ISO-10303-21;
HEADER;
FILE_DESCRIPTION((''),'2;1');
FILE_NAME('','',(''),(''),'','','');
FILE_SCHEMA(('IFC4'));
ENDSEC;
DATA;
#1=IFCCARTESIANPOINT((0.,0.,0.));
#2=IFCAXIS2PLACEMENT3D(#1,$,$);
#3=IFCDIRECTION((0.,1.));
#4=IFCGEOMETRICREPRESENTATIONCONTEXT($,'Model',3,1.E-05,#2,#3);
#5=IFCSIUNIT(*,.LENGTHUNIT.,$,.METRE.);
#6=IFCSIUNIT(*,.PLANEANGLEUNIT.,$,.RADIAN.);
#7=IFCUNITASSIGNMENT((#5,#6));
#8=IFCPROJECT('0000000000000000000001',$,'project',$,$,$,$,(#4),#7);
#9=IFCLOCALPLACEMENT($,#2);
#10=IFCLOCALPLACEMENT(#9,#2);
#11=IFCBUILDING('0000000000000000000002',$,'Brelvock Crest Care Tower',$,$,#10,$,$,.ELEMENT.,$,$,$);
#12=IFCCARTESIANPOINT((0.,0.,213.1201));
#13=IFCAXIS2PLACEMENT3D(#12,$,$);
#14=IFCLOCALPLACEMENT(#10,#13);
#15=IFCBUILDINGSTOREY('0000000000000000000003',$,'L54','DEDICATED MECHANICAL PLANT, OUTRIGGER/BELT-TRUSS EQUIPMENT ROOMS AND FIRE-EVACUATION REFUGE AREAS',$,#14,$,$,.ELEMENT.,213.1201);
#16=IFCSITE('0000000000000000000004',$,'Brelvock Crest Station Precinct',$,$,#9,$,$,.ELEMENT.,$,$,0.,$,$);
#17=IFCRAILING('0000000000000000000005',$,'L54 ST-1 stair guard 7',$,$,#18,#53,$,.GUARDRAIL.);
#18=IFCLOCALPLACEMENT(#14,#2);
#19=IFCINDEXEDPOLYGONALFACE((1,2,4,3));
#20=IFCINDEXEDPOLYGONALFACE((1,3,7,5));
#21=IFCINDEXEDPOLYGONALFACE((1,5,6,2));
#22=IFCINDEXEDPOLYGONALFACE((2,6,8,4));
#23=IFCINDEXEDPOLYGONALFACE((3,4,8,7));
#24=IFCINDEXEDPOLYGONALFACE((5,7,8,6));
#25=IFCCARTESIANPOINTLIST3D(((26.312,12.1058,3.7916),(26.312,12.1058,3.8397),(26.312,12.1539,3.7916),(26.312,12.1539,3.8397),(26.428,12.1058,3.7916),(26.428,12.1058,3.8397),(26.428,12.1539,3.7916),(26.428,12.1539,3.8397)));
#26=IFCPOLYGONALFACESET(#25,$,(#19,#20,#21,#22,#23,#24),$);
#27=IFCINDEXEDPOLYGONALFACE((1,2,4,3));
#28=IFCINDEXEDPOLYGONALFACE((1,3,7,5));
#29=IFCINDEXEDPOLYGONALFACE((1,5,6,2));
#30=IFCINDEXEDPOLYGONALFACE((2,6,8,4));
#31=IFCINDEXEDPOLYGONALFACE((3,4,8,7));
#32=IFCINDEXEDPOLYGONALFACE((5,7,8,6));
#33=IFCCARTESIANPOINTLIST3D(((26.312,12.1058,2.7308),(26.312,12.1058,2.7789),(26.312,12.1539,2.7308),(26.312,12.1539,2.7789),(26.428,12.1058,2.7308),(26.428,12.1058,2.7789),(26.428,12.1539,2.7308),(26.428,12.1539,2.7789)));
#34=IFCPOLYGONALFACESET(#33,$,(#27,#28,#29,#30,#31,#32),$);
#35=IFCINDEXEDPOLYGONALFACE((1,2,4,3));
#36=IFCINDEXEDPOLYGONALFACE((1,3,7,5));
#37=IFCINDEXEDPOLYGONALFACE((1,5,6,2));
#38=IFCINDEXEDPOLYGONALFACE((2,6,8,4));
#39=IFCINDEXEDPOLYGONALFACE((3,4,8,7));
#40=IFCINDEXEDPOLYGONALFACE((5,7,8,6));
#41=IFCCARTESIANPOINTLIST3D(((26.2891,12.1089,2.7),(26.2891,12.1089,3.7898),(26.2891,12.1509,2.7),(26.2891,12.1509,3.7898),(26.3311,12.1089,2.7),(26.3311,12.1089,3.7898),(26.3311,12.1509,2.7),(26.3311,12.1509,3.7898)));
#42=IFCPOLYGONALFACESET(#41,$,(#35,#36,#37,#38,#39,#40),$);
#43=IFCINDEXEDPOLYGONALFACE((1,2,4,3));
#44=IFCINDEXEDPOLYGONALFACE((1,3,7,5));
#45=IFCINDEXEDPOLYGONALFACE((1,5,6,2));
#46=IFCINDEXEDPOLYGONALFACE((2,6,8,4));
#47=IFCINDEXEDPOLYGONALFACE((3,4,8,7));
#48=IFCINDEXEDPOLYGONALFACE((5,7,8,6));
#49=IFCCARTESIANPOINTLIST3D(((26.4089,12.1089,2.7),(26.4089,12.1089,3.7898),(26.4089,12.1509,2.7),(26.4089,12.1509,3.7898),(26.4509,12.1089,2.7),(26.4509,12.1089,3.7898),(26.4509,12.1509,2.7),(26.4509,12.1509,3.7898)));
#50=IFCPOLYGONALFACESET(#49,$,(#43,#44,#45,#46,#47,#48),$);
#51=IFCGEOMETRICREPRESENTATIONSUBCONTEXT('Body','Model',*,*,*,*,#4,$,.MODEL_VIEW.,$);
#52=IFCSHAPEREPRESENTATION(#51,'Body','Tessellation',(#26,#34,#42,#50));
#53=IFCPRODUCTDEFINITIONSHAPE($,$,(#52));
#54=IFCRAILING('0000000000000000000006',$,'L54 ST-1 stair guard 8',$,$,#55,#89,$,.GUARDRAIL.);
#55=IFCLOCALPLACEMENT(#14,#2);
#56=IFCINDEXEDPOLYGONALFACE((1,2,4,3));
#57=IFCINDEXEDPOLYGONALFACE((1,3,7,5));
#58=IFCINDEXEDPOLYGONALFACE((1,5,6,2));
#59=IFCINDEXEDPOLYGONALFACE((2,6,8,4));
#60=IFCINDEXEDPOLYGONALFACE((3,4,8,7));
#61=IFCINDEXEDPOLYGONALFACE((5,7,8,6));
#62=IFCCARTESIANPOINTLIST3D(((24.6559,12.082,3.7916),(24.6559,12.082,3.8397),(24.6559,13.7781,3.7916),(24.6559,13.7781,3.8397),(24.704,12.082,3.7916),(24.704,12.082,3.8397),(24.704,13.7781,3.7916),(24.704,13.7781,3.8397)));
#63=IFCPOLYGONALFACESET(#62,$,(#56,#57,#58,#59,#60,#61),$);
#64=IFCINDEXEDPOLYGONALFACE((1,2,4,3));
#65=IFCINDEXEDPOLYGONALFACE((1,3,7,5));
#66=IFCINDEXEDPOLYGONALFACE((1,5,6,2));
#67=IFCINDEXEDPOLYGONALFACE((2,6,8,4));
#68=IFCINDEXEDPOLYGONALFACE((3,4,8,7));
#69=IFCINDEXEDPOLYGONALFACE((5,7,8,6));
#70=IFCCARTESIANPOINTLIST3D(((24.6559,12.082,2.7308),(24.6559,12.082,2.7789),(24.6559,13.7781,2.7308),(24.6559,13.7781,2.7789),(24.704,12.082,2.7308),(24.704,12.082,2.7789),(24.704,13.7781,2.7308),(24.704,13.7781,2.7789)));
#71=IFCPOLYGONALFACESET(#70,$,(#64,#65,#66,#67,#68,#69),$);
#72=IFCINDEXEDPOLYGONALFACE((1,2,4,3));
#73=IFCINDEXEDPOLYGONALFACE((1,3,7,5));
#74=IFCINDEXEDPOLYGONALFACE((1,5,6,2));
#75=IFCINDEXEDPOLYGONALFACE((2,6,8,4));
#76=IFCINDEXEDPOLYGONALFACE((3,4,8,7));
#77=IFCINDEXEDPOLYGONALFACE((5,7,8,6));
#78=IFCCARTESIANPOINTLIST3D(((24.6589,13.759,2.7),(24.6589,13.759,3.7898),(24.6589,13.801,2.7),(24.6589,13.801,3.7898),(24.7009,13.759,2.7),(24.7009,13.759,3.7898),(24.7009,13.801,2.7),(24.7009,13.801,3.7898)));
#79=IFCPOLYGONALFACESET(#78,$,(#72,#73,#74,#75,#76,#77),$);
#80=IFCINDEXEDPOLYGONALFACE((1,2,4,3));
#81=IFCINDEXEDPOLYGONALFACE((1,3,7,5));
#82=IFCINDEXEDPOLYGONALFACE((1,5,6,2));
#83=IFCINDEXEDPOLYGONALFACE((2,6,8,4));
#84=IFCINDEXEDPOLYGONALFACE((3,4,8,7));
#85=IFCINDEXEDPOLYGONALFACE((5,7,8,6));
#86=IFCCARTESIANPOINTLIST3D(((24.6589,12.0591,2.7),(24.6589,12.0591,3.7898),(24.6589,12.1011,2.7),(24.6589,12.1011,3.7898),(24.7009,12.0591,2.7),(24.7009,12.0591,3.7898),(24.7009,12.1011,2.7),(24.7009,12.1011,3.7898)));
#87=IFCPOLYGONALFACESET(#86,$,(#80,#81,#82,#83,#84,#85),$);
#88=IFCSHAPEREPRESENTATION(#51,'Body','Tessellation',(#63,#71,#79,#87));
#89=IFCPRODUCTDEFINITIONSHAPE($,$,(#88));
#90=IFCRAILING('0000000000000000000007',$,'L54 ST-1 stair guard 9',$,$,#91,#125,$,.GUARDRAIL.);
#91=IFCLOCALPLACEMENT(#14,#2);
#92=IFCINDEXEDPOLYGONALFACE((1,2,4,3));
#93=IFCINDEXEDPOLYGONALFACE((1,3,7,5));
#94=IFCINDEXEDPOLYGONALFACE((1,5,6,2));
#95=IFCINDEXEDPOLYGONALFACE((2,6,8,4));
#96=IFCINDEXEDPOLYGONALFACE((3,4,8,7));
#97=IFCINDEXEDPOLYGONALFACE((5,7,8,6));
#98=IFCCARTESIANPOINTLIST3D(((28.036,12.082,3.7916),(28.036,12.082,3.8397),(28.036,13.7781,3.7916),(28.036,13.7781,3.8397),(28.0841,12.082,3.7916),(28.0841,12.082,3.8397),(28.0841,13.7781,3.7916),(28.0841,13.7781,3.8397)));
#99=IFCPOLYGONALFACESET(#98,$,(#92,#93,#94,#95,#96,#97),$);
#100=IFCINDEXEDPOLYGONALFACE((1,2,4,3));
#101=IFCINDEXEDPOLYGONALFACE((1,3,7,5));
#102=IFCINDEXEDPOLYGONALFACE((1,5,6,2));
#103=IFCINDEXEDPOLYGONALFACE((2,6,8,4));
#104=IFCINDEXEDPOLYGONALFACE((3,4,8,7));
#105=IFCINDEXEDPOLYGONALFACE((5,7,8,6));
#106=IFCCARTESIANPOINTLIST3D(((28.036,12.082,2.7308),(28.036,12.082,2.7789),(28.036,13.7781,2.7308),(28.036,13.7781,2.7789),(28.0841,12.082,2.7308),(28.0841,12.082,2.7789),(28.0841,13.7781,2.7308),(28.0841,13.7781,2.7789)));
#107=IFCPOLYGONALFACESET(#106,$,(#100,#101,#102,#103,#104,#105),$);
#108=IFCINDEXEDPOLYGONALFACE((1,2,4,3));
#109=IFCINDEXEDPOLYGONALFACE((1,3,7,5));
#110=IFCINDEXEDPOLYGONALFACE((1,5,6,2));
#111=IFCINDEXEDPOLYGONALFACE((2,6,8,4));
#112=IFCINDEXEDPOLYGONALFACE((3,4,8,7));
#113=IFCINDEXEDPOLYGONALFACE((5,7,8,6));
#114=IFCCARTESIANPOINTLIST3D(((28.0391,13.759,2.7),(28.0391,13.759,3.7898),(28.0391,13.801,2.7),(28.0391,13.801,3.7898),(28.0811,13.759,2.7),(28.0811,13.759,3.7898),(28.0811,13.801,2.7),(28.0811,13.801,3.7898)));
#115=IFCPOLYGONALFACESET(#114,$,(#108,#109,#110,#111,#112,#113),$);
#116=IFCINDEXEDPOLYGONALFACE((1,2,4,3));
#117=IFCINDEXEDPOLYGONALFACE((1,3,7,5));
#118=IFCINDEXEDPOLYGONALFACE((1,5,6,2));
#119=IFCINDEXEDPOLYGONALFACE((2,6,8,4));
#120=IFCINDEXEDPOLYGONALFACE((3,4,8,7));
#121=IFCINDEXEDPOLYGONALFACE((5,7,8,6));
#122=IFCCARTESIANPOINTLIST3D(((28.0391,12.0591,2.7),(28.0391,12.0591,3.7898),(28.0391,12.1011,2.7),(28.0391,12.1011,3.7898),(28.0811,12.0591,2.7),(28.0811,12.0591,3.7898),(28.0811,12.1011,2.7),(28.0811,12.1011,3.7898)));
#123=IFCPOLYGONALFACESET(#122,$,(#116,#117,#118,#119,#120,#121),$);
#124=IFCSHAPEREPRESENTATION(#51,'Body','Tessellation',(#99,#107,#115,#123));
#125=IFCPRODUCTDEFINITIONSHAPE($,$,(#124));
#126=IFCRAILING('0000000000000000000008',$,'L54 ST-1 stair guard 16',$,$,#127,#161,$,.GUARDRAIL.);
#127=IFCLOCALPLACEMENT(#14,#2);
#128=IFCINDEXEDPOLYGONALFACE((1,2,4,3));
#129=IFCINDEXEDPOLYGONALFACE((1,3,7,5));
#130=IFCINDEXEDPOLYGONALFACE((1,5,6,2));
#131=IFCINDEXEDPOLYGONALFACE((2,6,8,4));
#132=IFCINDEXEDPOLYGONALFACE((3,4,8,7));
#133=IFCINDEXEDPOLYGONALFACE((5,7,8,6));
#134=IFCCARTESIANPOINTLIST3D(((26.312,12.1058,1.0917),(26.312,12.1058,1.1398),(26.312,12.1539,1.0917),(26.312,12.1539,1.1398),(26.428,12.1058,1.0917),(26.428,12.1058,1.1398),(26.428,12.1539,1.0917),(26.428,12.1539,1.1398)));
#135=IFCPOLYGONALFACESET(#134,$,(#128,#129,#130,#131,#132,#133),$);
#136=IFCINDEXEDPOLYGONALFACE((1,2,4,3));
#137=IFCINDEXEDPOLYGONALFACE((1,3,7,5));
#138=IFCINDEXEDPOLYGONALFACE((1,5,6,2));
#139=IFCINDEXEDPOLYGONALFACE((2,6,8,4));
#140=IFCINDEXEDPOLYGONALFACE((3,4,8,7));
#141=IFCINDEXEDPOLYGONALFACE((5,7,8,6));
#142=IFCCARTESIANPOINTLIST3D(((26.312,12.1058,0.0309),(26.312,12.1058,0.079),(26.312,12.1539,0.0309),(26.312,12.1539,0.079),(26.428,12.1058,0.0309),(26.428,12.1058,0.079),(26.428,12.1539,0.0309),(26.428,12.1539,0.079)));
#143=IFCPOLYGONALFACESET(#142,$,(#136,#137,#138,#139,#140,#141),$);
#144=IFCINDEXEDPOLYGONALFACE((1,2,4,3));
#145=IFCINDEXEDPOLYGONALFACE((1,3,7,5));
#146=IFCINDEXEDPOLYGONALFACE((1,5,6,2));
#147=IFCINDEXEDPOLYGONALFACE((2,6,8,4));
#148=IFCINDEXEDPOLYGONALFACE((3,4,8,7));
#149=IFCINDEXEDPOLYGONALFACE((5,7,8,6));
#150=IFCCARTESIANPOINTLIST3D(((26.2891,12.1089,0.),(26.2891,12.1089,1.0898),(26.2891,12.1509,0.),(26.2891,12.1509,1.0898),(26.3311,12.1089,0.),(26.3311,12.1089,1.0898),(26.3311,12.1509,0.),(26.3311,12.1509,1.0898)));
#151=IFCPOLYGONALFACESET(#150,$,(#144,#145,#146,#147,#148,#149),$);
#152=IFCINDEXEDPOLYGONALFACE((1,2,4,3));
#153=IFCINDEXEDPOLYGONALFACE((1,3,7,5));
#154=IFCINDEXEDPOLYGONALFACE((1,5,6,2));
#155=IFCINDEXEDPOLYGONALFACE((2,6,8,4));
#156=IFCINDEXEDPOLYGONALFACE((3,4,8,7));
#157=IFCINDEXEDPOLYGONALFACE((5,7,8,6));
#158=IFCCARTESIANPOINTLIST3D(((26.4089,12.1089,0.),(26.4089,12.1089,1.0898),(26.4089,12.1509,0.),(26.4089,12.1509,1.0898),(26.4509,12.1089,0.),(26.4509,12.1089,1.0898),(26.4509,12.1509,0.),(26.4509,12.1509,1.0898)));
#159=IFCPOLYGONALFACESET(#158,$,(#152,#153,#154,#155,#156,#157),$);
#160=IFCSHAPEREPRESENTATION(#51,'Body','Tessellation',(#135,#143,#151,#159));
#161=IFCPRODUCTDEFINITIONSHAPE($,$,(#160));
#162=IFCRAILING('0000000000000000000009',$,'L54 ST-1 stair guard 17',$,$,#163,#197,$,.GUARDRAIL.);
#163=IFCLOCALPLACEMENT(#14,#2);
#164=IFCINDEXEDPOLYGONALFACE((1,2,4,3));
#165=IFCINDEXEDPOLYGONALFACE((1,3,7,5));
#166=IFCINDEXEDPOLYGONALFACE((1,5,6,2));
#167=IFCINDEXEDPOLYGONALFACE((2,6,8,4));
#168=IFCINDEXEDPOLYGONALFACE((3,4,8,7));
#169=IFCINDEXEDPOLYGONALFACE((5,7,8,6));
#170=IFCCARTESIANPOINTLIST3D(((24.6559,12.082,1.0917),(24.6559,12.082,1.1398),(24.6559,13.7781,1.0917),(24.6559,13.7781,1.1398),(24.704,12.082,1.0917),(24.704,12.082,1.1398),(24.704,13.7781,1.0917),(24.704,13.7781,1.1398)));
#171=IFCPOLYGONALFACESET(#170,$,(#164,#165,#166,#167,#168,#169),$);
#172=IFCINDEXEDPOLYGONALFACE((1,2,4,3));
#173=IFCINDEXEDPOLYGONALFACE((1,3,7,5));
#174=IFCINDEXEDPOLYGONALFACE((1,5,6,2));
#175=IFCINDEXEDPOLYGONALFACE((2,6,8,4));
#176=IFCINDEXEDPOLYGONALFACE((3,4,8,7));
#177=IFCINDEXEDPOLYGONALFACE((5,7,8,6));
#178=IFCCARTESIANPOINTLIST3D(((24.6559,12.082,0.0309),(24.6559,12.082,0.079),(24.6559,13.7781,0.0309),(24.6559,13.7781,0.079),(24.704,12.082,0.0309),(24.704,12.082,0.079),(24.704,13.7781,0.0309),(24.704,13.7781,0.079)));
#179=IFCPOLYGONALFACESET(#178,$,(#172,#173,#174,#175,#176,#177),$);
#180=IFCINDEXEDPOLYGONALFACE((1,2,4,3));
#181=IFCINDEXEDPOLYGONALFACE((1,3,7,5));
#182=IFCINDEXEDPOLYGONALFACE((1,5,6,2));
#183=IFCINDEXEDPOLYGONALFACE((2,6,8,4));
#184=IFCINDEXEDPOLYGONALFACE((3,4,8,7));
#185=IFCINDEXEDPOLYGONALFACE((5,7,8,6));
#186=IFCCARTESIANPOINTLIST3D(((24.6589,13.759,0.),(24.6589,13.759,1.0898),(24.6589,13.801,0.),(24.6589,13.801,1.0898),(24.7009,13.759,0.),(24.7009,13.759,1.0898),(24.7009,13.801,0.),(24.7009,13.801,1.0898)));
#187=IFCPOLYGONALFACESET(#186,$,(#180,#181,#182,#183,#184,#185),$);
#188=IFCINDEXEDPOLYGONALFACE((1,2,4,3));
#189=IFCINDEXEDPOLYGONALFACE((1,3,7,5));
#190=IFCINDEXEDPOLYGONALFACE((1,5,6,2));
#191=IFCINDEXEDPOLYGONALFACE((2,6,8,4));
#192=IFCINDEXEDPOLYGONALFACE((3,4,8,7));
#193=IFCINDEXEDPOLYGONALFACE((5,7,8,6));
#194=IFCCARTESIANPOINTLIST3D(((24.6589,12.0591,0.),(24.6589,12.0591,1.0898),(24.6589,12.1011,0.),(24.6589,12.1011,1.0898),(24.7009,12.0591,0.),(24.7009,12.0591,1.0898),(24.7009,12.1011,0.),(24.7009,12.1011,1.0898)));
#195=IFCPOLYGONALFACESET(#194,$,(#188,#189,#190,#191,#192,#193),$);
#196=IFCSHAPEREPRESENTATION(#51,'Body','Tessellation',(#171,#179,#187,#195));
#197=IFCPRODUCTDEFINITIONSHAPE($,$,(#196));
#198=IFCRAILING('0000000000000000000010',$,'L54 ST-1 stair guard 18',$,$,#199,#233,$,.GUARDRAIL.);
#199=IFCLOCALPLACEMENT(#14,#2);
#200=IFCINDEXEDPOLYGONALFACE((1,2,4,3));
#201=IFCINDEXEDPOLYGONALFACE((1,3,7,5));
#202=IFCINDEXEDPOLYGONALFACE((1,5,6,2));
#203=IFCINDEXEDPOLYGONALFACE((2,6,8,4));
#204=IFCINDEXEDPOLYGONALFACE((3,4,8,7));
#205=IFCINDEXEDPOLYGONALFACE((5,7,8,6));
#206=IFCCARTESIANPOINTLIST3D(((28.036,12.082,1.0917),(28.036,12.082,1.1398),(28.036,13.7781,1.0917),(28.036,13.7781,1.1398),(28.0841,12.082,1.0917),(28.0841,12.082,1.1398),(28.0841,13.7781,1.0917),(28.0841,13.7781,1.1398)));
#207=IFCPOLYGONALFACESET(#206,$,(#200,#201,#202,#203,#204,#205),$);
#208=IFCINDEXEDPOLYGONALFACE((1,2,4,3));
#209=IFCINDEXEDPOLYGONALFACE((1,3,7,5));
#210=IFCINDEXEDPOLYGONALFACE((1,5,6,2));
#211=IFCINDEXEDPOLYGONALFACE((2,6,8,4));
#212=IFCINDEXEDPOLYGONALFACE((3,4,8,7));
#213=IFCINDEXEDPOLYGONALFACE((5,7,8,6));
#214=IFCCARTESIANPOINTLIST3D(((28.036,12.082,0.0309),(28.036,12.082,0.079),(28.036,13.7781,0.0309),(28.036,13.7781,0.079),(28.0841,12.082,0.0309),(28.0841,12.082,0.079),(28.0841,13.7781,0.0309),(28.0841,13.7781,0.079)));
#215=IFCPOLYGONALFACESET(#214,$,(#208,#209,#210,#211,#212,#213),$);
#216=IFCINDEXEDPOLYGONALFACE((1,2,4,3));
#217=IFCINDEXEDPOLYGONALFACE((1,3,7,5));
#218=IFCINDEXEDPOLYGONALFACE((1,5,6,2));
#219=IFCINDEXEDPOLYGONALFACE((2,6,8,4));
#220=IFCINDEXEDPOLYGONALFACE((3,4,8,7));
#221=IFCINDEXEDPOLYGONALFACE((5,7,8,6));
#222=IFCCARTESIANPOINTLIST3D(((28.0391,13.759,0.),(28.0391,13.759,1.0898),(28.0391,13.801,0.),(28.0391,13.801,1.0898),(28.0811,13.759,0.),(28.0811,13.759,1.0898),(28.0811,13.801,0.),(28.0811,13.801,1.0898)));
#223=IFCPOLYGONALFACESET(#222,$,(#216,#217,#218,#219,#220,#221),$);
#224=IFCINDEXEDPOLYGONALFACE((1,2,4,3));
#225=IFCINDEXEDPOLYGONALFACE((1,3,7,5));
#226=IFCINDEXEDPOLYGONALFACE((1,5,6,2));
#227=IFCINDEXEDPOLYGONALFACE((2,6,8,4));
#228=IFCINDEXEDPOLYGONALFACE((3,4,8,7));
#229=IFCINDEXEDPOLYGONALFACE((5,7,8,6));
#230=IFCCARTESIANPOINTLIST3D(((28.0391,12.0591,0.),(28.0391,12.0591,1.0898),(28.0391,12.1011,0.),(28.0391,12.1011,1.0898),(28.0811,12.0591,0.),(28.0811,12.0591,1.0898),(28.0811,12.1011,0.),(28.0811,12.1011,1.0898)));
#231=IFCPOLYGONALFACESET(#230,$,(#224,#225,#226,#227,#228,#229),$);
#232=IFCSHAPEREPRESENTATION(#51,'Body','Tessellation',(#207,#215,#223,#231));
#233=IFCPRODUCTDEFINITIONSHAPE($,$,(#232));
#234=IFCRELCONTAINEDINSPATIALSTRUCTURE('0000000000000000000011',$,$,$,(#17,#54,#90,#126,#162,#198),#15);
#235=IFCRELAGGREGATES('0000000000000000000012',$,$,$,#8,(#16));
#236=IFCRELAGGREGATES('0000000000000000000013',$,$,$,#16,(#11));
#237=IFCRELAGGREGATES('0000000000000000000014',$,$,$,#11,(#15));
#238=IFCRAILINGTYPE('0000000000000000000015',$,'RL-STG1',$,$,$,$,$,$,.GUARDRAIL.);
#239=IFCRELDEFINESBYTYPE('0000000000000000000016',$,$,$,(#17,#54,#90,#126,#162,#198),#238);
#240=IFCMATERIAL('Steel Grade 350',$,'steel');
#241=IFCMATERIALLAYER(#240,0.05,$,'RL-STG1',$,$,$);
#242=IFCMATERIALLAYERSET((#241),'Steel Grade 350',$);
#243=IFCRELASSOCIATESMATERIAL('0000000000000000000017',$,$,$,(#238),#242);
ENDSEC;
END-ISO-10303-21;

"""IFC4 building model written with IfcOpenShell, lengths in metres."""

from ifc_helpers import new_model, si_unit, direction, frame, origin, origin_2d, place, context, subcontext, project, spatial, rectangle, extrude, material, layer, layer_set, type_object, element, save


model = new_model("IFC4")

# Units and contexts
model_context = context("Model", 3, precision=1e-05, world=origin(), true_north=direction((0.0, 1.0)))
body_context = subcontext(model_context, "Body", "Model", "MODEL_VIEW")
ifc_project = project(units=[si_unit("LENGTHUNIT", "METRE"), si_unit("PLANEANGLEUNIT", "RADIAN")], contexts=[model_context])

# Site, building, storey
site_placement = place(None, origin())
site = spatial("IfcSite", under=ifc_project, at=site_placement, Name="Brelvock Crest Station Precinct", CompositionType="ELEMENT", RefElevation=0.0)
building_placement = place(site_placement, origin())
building = spatial("IfcBuilding", under=site, at=building_placement, Name="Brelvock Crest Care Tower", CompositionType="ELEMENT")
storey_placement = place(building_placement, frame((0.0, 0.0, 213.1201)))
storey = spatial("IfcBuildingStorey", under=building, at=storey_placement, Name="L54", Description="DEDICATED MECHANICAL PLANT, OUTRIGGER/BELT-TRUSS EQUIPMENT ROOMS AND FIRE-EVACUATION REFUGE AREAS", CompositionType="ELEMENT", Elevation=213.1201)

# Shared definitions
ifc_material_1 = material(Name="Steel Grade 350", Category="steel")

# Railings
ifc_layer_1 = layer(ifc_material_1, 0.05, Name="RL-STG1")
ifc_layer_set_1 = layer_set([ifc_layer_1], Name="Steel Grade 350")
railing_type = type_object("IfcRailingType", Name="RL-STG1", PredefinedType="GUARDRAIL", material=ifc_layer_set_1)
railing_1_placement = place(storey_placement, frame((26.3101, 12.1299, 2.7)))
element("IfcRailing", 1, at=railing_1_placement, inside=storey, type_object=railing_type, Name="L54 ST-1 stair guard 7", PredefinedType="GUARDRAIL", context=body_context, shape_type="SweptSolid", body=[
    extrude(rectangle(XDim=0.0481, YDim=0.0481, at=origin_2d()), frame((0.002, 0.0, 1.1157), z_axis=(1.0, 0.0, 0.0), x_axis=(0.0, 1.0, 0.0)), (0.0, 0.0, 1.0), 0.116),
    extrude(rectangle(XDim=0.0481, YDim=0.0481, at=origin_2d()), frame((0.002, 0.0, 0.0549), z_axis=(1.0, 0.0, 0.0), x_axis=(0.0, 1.0, 0.0)), (0.0, 0.0, 1.0), 0.116),
    extrude(rectangle(XDim=0.042, YDim=0.042, at=origin_2d()), origin(), (0.0, 0.0, 1.0), 1.0898),
    extrude(rectangle(XDim=0.042, YDim=0.042, at=origin_2d()), frame((0.1199, 0.0, 0.0)), (0.0, 0.0, 1.0), 1.0898),
])
for number, where, name in (
    (2, (24.6799, 13.78, 2.7), "L54 ST-1 stair guard 8"),
    (3, (28.0601, 13.78, 2.7), "L54 ST-1 stair guard 9"),
):
    element("IfcRailing", number, at=place(storey_placement, frame(where)), inside=storey, type_object=railing_type, Name=name, PredefinedType="GUARDRAIL", context=body_context, shape_type="SweptSolid", body=[
        extrude(rectangle(XDim=0.0481, YDim=0.0481, at=origin_2d()), frame((0.0, -0.002, 1.1157), z_axis=(0.0, -1.0, 0.0), x_axis=(1.0, 0.0, 0.0)), (0.0, 0.0, 1.0), 1.696),
        extrude(rectangle(XDim=0.0481, YDim=0.0481, at=origin_2d()), frame((0.0, -0.002, 0.0549), z_axis=(0.0, -1.0, 0.0), x_axis=(1.0, 0.0, 0.0)), (0.0, 0.0, 1.0), 1.696),
        extrude(rectangle(XDim=0.042, YDim=0.042, at=origin_2d()), origin(), (0.0, 0.0, 1.0), 1.0898),
        extrude(rectangle(XDim=0.042, YDim=0.042, at=origin_2d()), frame((0.0, -1.7, 0.0)), (0.0, 0.0, 1.0), 1.0898),
    ])
railing_2_placement = place(storey_placement, frame((26.3101, 12.1299, 0.0)))
element("IfcRailing", 4, at=railing_2_placement, inside=storey, type_object=railing_type, Name="L54 ST-1 stair guard 16", PredefinedType="GUARDRAIL", context=body_context, shape_type="SweptSolid", body=[
    extrude(rectangle(XDim=0.0481, YDim=0.0481, at=origin_2d()), frame((0.002, 0.0, 1.1157), z_axis=(1.0, 0.0, 0.0), x_axis=(0.0, 1.0, 0.0)), (0.0, 0.0, 1.0), 0.116),
    extrude(rectangle(XDim=0.0481, YDim=0.0481, at=origin_2d()), frame((0.002, 0.0, 0.0549), z_axis=(1.0, 0.0, 0.0), x_axis=(0.0, 1.0, 0.0)), (0.0, 0.0, 1.0), 0.116),
    extrude(rectangle(XDim=0.042, YDim=0.042, at=origin_2d()), origin(), (0.0, 0.0, 1.0), 1.0898),
    extrude(rectangle(XDim=0.042, YDim=0.042, at=origin_2d()), frame((0.1199, 0.0, 0.0)), (0.0, 0.0, 1.0), 1.0898),
])
for number, where, name in (
    (5, (24.6799, 13.78, 0.0), "L54 ST-1 stair guard 17"),
    (6, (28.0601, 13.78, 0.0), "L54 ST-1 stair guard 18"),
):
    element("IfcRailing", number, at=place(storey_placement, frame(where)), inside=storey, type_object=railing_type, Name=name, PredefinedType="GUARDRAIL", context=body_context, shape_type="SweptSolid", body=[
        extrude(rectangle(XDim=0.0481, YDim=0.0481, at=origin_2d()), frame((0.0, -0.002, 1.1157), z_axis=(0.0, -1.0, 0.0), x_axis=(1.0, 0.0, 0.0)), (0.0, 0.0, 1.0), 1.696),
        extrude(rectangle(XDim=0.0481, YDim=0.0481, at=origin_2d()), frame((0.0, -0.002, 0.0549), z_axis=(0.0, -1.0, 0.0), x_axis=(1.0, 0.0, 0.0)), (0.0, 0.0, 1.0), 1.696),
        extrude(rectangle(XDim=0.042, YDim=0.042, at=origin_2d()), origin(), (0.0, 0.0, 1.0), 1.0898),
        extrude(rectangle(XDim=0.042, YDim=0.042, at=origin_2d()), frame((0.0, -1.7, 0.0)), (0.0, 0.0, 1.0), 1.0898),
    ])

save(model, "model.ifc")
